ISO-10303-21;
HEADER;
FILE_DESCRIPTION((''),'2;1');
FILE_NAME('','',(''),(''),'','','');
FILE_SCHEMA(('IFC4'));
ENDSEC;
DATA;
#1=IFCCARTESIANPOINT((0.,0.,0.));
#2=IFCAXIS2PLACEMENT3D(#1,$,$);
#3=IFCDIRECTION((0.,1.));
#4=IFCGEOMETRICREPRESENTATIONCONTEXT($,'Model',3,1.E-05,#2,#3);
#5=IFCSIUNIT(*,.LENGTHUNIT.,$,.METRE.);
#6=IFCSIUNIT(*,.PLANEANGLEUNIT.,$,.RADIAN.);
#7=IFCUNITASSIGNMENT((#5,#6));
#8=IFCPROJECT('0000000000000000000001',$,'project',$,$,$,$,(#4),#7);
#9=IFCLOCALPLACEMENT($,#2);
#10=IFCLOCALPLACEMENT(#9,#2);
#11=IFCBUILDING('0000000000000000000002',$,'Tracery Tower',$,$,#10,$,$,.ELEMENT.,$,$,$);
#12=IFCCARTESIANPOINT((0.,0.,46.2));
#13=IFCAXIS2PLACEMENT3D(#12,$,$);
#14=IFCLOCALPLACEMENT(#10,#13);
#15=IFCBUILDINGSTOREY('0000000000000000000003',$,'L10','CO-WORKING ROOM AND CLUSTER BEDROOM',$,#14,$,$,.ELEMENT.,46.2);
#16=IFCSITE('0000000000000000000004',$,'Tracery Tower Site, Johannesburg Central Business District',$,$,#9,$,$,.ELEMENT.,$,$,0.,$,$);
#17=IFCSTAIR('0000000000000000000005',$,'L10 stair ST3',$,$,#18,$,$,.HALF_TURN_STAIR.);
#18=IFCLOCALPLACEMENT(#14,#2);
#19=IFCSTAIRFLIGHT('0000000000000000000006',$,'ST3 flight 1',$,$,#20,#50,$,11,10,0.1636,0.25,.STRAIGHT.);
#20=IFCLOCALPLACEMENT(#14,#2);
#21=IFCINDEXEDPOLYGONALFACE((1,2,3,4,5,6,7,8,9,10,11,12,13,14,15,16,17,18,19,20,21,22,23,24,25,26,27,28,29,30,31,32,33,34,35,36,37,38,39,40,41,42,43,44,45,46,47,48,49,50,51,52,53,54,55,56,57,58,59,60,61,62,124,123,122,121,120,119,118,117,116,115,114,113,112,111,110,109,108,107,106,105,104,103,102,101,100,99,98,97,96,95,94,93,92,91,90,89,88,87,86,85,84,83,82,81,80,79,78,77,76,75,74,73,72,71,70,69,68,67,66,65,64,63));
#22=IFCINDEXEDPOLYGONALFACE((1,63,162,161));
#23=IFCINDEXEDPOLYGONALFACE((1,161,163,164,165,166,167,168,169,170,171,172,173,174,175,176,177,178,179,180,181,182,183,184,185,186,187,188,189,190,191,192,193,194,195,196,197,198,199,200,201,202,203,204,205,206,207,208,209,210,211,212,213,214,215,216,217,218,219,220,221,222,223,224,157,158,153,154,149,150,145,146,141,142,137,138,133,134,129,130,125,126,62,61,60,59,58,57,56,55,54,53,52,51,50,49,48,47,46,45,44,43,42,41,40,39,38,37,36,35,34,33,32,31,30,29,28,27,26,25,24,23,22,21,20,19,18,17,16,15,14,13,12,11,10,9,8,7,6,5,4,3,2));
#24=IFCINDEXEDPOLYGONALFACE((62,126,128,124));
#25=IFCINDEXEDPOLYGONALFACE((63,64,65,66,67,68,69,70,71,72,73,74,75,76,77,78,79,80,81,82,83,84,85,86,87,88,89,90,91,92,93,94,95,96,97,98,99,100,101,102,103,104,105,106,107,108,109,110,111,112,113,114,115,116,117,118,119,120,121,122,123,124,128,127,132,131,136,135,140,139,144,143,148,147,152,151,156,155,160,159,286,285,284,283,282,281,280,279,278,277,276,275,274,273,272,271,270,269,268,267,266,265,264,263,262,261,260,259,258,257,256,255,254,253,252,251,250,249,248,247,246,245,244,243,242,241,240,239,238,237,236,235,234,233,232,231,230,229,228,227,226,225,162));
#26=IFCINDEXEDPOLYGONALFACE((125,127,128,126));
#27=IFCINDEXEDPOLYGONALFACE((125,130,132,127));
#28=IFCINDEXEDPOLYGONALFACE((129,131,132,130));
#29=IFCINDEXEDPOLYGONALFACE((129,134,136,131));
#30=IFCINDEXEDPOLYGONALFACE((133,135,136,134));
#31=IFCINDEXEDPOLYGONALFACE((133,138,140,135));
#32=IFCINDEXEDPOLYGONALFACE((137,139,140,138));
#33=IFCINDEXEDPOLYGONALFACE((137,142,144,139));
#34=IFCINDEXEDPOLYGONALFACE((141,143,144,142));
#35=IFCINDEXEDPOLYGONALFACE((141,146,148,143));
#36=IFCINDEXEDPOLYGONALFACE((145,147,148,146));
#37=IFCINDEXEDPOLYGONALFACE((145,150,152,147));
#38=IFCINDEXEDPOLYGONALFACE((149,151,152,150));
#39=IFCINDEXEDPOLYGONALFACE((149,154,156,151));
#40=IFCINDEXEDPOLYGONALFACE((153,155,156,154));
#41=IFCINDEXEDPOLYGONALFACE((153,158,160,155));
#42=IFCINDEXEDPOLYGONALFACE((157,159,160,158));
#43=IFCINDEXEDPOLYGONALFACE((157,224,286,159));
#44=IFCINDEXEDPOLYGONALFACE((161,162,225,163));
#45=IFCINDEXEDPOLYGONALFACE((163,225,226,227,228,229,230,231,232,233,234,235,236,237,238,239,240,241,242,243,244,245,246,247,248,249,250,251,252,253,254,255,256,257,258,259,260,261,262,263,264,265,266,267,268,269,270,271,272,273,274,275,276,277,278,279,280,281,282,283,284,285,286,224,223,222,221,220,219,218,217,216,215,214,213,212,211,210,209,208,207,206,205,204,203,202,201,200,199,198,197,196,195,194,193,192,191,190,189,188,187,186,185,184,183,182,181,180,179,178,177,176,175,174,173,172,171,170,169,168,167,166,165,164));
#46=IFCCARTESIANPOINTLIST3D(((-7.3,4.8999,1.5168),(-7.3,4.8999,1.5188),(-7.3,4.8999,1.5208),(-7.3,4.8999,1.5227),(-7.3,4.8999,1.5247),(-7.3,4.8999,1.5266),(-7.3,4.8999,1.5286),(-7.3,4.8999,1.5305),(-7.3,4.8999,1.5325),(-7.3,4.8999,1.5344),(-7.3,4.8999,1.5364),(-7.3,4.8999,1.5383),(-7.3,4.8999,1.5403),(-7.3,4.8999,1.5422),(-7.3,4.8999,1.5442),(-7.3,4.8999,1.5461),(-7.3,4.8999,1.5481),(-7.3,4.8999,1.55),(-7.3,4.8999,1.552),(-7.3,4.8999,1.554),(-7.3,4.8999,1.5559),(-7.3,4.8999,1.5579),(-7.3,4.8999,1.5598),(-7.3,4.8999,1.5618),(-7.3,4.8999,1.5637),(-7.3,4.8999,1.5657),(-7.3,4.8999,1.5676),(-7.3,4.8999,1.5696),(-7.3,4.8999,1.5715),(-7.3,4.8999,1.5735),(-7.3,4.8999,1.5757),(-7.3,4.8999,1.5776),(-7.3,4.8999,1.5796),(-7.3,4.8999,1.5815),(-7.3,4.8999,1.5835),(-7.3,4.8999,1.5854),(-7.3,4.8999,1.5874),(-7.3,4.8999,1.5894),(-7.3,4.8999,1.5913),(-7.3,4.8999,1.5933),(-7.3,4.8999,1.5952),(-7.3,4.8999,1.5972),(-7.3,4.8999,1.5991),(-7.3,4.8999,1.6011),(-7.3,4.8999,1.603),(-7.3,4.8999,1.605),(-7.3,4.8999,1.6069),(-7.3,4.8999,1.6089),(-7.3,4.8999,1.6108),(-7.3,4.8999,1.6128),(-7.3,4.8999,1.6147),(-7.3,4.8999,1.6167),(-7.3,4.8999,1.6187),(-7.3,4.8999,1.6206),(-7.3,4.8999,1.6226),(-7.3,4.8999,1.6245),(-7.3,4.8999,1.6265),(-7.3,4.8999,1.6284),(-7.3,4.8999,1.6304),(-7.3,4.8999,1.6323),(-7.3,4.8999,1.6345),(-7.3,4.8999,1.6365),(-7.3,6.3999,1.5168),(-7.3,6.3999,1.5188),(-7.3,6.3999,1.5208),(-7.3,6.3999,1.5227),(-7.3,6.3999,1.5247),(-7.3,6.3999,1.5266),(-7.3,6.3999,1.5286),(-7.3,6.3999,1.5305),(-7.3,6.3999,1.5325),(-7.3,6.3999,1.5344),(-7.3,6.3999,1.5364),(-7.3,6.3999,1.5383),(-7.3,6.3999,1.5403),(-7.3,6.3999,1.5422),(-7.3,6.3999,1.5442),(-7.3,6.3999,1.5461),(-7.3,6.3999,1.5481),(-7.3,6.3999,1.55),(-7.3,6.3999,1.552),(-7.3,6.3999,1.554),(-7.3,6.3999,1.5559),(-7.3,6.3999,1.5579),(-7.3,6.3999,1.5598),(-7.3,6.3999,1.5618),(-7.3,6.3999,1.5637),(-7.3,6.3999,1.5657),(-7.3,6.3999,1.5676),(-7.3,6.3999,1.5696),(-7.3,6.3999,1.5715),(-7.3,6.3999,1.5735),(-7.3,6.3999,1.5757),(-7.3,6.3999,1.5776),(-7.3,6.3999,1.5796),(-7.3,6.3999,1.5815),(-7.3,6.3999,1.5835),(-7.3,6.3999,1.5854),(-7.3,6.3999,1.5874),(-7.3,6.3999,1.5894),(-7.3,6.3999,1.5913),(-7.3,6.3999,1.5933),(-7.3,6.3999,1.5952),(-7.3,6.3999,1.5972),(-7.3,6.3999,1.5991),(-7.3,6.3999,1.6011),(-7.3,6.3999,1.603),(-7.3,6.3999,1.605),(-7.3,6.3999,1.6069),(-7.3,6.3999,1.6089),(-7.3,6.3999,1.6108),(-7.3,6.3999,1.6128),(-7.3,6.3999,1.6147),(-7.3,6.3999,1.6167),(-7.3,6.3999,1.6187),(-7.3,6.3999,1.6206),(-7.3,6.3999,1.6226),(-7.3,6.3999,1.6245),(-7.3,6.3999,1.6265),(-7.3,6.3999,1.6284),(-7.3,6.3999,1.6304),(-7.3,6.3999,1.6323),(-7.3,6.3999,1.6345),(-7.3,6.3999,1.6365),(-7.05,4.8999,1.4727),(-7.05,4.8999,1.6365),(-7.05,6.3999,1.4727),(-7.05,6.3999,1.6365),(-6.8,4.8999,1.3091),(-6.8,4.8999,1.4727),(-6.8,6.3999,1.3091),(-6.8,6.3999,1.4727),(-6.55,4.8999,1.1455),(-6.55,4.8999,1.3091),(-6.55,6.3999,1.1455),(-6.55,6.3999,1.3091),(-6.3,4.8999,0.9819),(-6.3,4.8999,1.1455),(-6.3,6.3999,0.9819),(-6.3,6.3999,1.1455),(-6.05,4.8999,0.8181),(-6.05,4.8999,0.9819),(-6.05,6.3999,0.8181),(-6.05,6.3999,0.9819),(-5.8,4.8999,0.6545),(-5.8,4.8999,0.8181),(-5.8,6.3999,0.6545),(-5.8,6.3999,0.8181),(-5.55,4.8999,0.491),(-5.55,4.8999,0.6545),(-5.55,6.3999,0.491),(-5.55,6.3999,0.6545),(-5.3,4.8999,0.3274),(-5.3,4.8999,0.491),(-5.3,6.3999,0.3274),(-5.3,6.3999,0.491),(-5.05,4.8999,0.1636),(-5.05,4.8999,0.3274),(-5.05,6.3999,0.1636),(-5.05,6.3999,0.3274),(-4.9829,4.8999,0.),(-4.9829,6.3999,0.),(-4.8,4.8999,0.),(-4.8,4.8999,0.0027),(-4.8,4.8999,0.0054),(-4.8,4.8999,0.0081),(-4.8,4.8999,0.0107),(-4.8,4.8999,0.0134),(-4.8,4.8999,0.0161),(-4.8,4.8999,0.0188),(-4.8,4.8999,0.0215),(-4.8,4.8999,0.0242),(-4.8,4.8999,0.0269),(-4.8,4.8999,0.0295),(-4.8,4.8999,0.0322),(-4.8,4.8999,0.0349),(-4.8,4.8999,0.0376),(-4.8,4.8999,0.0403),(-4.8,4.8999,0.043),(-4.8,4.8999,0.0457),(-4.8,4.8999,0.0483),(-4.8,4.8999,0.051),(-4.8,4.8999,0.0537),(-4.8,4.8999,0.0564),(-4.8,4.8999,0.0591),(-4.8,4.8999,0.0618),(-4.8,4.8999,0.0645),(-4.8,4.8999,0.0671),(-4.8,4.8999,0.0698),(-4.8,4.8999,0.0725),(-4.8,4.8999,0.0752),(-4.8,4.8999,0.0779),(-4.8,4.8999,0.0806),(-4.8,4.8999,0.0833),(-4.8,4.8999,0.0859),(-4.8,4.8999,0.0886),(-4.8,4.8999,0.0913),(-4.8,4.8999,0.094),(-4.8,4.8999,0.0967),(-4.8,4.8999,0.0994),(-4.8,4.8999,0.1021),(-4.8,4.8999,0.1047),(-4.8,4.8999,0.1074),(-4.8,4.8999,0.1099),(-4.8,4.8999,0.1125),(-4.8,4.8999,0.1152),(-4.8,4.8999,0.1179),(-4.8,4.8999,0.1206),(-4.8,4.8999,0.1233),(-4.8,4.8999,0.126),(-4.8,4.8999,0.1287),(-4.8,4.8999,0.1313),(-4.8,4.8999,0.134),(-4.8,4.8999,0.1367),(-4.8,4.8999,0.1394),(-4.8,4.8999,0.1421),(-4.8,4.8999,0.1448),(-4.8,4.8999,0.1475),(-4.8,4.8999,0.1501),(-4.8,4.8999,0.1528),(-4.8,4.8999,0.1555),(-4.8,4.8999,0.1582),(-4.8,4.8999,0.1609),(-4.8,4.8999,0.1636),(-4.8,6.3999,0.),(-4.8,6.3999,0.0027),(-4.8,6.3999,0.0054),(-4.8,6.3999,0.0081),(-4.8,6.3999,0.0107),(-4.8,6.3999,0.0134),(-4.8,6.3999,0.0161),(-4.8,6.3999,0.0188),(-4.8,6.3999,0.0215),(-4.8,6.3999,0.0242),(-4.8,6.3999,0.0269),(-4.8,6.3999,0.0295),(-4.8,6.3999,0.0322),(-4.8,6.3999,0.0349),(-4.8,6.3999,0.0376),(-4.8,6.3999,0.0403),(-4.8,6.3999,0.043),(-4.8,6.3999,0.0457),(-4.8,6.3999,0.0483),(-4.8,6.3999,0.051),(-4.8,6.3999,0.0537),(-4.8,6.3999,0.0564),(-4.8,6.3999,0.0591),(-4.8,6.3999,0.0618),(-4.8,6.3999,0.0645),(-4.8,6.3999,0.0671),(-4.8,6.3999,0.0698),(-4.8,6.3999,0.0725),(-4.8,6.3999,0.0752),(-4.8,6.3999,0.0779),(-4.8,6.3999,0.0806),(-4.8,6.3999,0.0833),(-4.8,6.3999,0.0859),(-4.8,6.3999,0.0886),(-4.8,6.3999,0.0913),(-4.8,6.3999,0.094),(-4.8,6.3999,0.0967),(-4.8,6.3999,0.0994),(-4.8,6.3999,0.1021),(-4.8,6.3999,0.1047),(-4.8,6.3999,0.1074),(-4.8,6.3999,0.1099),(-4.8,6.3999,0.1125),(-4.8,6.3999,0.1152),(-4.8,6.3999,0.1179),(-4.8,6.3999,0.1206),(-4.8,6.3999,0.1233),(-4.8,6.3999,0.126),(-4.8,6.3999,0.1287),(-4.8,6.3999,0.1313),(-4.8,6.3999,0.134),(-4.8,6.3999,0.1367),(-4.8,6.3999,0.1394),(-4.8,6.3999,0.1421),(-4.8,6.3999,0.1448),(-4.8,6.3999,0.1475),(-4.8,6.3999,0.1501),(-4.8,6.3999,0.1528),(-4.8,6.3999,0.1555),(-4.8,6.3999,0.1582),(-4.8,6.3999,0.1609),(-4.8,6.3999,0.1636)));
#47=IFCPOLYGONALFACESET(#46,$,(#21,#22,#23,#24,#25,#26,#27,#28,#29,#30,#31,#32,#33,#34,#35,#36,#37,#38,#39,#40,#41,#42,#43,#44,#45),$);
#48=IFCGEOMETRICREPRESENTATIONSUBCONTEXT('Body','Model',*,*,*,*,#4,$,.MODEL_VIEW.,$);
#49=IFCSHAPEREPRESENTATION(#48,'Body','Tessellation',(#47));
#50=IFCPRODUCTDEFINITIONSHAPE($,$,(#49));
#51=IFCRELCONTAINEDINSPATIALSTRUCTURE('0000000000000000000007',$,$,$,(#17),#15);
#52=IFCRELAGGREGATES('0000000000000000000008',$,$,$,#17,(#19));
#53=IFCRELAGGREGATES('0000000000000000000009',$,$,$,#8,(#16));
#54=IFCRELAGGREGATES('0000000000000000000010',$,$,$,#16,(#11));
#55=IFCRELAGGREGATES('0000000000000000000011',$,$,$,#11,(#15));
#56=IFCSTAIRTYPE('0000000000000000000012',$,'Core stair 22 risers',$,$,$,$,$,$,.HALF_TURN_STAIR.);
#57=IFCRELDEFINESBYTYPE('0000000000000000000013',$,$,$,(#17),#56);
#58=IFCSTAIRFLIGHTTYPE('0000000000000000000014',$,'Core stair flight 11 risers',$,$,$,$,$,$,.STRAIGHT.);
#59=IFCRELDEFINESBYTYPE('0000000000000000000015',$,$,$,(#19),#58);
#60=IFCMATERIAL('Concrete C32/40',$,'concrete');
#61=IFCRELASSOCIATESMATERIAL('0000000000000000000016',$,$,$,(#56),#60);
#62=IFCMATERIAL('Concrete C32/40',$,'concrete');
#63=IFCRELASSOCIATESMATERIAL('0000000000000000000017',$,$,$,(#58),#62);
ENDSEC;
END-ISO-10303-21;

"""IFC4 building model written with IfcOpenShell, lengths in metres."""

from ifc_helpers import new_model, si_unit, direction, frame, origin, place, context, subcontext, project, spatial, polyline, outline, extrude, material, type_object, element, aggregate, save


model = new_model("IFC4")

# Units and contexts
model_context = context("Model", 3, precision=1e-05, world=origin(), true_north=direction((0.0, 1.0)))
body_context = subcontext(model_context, "Body", "Model", "MODEL_VIEW")
ifc_project = project(units=[si_unit("LENGTHUNIT", "METRE"), si_unit("PLANEANGLEUNIT", "RADIAN")], contexts=[model_context])

# Site, building, storey
site_placement = place(None, origin())
site = spatial("IfcSite", under=ifc_project, at=site_placement, Name="Tracery Tower Site, Johannesburg Central Business District", CompositionType="ELEMENT", RefElevation=0.0)
building_placement = place(site_placement, origin())
building = spatial("IfcBuilding", under=site, at=building_placement, Name="Tracery Tower", CompositionType="ELEMENT")
storey_placement = place(building_placement, frame((0.0, 0.0, 46.2)))
storey = spatial("IfcBuildingStorey", under=building, at=storey_placement, Name="L10", Description="CO-WORKING ROOM AND CLUSTER BEDROOM", CompositionType="ELEMENT", Elevation=46.2)

# Stair, stair flight
ifc_material_1 = material(Name="Concrete C32/40", Category="concrete")
stair_type = type_object("IfcStairType", Name="Core stair 22 risers", PredefinedType="HALF_TURN_STAIR", material=ifc_material_1)
stair_placement = place(storey_placement, origin())
stair = element("IfcStair", 1, at=stair_placement, inside=storey, type_object=stair_type, Name="L10 stair ST3", PredefinedType="HALF_TURN_STAIR")
ifc_material_2 = material(Name="Concrete C32/40", Category="concrete")
stair_flight_type = type_object("IfcStairFlightType", Name="Core stair flight 11 risers", PredefinedType="STRAIGHT", material=ifc_material_2)
stair_flight_1_placement = place(storey_placement, frame((-4.8, 5.6499, 0.0), z_axis=(0.0, 0.0, 1.0), x_axis=(-1.0, 0.0, 0.0)))
stair_flight_1 = element("IfcStairFlight", 2, at=stair_flight_1_placement, type_object=stair_flight_type, Name="ST3 flight 1", NumberOfRisers=11, NumberOfTreads=10, PredefinedType="STRAIGHT", RiserHeight=0.1636, TreadLength=0.25, context=body_context, shape_type="SweptSolid", body=[
    extrude(outline(polyline([(0.0, 0.0), (0.0, 0.0027), (0.0, 0.0054), (0.0, 0.0081), (0.0, 0.0107), (0.0, 0.0134), (0.0, 0.0161), (0.0, 0.0188), (0.0, 0.0215), (0.0, 0.0242), (0.0, 0.0269), (0.0, 0.0295), (0.0, 0.0322), (0.0, 0.0349), (0.0, 0.0376), (0.0, 0.0403), (0.0, 0.043), (0.0, 0.0457), (0.0, 0.0483), (0.0, 0.051), (0.0, 0.0537), (0.0, 0.0564), (0.0, 0.0591), (0.0, 0.0618), (0.0, 0.0645), (0.0, 0.0671), (0.0, 0.0698), (0.0, 0.0725), (0.0, 0.0752), (0.0, 0.0779), (0.0, 0.0806), (0.0, 0.0833), (0.0, 0.0859), (0.0, 0.0886), (0.0, 0.0913), (0.0, 0.094), (0.0, 0.0967), (0.0, 0.0994), (0.0, 0.1021), (0.0, 0.1047), (0.0, 0.1074), (0.0, 0.1099), (0.0, 0.1125), (0.0, 0.1152), (0.0, 0.1179), (0.0, 0.1206), (0.0, 0.1233), (0.0, 0.126), (0.0, 0.1287), (0.0, 0.1313), (0.0, 0.134), (0.0, 0.1367), (0.0, 0.1394), (0.0, 0.1421), (0.0, 0.1448), (0.0, 0.1475), (0.0, 0.1501), (0.0, 0.1528), (0.0, 0.1555), (0.0, 0.1582), (0.0, 0.1609), (0.0, 0.1636), (0.25, 0.1636), (0.25, 0.3274), (0.5, 0.3274), (0.5, 0.491), (0.75, 0.491), (0.75, 0.6545), (1.0, 0.6545), (1.0, 0.8181), (1.25, 0.8181), (1.25, 0.9819), (1.5, 0.9819), (1.5, 1.1455), (1.75, 1.1455), (1.75, 1.3091), (2.0, 1.3091), (2.0, 1.4727), (2.25, 1.4727), (2.25, 1.6365), (2.5, 1.6365), (2.5, 1.6345), (2.5, 1.6323), (2.5, 1.6304), (2.5, 1.6284), (2.5, 1.6265), (2.5, 1.6245), (2.5, 1.6226), (2.5, 1.6206), (2.5, 1.6187), (2.5, 1.6167), (2.5, 1.6147), (2.5, 1.6128), (2.5, 1.6108), (2.5, 1.6089), (2.5, 1.6069), (2.5, 1.605), (2.5, 1.603), (2.5, 1.6011), (2.5, 1.5991), (2.5, 1.5972), (2.5, 1.5952), (2.5, 1.5933), (2.5, 1.5913), (2.5, 1.5894), (2.5, 1.5874), (2.5, 1.5854), (2.5, 1.5835), (2.5, 1.5815), (2.5, 1.5796), (2.5, 1.5776), (2.5, 1.5757), (2.5, 1.5735), (2.5, 1.5715), (2.5, 1.5696), (2.5, 1.5676), (2.5, 1.5657), (2.5, 1.5637), (2.5, 1.5618), (2.5, 1.5598), (2.5, 1.5579), (2.5, 1.5559), (2.5, 1.554), (2.5, 1.552), (2.5, 1.55), (2.5, 1.5481), (2.5, 1.5461), (2.5, 1.5442), (2.5, 1.5422), (2.5, 1.5403), (2.5, 1.5383), (2.5, 1.5364), (2.5, 1.5344), (2.5, 1.5325), (2.5, 1.5305), (2.5, 1.5286), (2.5, 1.5266), (2.5, 1.5247), (2.5, 1.5227), (2.5, 1.5208), (2.5, 1.5188), (2.5, 1.5168), (0.1829, 0.0), (0.0, 0.0)])), frame((0.0, 0.75, 0.0), z_axis=(0.0, -1.0, 0.0), x_axis=(1.0, 0.0, 0.0)), (0.0, 0.0, 1.0), 1.5),
])
aggregate(stair, [stair_flight_1])

save(model, "model.ifc")
